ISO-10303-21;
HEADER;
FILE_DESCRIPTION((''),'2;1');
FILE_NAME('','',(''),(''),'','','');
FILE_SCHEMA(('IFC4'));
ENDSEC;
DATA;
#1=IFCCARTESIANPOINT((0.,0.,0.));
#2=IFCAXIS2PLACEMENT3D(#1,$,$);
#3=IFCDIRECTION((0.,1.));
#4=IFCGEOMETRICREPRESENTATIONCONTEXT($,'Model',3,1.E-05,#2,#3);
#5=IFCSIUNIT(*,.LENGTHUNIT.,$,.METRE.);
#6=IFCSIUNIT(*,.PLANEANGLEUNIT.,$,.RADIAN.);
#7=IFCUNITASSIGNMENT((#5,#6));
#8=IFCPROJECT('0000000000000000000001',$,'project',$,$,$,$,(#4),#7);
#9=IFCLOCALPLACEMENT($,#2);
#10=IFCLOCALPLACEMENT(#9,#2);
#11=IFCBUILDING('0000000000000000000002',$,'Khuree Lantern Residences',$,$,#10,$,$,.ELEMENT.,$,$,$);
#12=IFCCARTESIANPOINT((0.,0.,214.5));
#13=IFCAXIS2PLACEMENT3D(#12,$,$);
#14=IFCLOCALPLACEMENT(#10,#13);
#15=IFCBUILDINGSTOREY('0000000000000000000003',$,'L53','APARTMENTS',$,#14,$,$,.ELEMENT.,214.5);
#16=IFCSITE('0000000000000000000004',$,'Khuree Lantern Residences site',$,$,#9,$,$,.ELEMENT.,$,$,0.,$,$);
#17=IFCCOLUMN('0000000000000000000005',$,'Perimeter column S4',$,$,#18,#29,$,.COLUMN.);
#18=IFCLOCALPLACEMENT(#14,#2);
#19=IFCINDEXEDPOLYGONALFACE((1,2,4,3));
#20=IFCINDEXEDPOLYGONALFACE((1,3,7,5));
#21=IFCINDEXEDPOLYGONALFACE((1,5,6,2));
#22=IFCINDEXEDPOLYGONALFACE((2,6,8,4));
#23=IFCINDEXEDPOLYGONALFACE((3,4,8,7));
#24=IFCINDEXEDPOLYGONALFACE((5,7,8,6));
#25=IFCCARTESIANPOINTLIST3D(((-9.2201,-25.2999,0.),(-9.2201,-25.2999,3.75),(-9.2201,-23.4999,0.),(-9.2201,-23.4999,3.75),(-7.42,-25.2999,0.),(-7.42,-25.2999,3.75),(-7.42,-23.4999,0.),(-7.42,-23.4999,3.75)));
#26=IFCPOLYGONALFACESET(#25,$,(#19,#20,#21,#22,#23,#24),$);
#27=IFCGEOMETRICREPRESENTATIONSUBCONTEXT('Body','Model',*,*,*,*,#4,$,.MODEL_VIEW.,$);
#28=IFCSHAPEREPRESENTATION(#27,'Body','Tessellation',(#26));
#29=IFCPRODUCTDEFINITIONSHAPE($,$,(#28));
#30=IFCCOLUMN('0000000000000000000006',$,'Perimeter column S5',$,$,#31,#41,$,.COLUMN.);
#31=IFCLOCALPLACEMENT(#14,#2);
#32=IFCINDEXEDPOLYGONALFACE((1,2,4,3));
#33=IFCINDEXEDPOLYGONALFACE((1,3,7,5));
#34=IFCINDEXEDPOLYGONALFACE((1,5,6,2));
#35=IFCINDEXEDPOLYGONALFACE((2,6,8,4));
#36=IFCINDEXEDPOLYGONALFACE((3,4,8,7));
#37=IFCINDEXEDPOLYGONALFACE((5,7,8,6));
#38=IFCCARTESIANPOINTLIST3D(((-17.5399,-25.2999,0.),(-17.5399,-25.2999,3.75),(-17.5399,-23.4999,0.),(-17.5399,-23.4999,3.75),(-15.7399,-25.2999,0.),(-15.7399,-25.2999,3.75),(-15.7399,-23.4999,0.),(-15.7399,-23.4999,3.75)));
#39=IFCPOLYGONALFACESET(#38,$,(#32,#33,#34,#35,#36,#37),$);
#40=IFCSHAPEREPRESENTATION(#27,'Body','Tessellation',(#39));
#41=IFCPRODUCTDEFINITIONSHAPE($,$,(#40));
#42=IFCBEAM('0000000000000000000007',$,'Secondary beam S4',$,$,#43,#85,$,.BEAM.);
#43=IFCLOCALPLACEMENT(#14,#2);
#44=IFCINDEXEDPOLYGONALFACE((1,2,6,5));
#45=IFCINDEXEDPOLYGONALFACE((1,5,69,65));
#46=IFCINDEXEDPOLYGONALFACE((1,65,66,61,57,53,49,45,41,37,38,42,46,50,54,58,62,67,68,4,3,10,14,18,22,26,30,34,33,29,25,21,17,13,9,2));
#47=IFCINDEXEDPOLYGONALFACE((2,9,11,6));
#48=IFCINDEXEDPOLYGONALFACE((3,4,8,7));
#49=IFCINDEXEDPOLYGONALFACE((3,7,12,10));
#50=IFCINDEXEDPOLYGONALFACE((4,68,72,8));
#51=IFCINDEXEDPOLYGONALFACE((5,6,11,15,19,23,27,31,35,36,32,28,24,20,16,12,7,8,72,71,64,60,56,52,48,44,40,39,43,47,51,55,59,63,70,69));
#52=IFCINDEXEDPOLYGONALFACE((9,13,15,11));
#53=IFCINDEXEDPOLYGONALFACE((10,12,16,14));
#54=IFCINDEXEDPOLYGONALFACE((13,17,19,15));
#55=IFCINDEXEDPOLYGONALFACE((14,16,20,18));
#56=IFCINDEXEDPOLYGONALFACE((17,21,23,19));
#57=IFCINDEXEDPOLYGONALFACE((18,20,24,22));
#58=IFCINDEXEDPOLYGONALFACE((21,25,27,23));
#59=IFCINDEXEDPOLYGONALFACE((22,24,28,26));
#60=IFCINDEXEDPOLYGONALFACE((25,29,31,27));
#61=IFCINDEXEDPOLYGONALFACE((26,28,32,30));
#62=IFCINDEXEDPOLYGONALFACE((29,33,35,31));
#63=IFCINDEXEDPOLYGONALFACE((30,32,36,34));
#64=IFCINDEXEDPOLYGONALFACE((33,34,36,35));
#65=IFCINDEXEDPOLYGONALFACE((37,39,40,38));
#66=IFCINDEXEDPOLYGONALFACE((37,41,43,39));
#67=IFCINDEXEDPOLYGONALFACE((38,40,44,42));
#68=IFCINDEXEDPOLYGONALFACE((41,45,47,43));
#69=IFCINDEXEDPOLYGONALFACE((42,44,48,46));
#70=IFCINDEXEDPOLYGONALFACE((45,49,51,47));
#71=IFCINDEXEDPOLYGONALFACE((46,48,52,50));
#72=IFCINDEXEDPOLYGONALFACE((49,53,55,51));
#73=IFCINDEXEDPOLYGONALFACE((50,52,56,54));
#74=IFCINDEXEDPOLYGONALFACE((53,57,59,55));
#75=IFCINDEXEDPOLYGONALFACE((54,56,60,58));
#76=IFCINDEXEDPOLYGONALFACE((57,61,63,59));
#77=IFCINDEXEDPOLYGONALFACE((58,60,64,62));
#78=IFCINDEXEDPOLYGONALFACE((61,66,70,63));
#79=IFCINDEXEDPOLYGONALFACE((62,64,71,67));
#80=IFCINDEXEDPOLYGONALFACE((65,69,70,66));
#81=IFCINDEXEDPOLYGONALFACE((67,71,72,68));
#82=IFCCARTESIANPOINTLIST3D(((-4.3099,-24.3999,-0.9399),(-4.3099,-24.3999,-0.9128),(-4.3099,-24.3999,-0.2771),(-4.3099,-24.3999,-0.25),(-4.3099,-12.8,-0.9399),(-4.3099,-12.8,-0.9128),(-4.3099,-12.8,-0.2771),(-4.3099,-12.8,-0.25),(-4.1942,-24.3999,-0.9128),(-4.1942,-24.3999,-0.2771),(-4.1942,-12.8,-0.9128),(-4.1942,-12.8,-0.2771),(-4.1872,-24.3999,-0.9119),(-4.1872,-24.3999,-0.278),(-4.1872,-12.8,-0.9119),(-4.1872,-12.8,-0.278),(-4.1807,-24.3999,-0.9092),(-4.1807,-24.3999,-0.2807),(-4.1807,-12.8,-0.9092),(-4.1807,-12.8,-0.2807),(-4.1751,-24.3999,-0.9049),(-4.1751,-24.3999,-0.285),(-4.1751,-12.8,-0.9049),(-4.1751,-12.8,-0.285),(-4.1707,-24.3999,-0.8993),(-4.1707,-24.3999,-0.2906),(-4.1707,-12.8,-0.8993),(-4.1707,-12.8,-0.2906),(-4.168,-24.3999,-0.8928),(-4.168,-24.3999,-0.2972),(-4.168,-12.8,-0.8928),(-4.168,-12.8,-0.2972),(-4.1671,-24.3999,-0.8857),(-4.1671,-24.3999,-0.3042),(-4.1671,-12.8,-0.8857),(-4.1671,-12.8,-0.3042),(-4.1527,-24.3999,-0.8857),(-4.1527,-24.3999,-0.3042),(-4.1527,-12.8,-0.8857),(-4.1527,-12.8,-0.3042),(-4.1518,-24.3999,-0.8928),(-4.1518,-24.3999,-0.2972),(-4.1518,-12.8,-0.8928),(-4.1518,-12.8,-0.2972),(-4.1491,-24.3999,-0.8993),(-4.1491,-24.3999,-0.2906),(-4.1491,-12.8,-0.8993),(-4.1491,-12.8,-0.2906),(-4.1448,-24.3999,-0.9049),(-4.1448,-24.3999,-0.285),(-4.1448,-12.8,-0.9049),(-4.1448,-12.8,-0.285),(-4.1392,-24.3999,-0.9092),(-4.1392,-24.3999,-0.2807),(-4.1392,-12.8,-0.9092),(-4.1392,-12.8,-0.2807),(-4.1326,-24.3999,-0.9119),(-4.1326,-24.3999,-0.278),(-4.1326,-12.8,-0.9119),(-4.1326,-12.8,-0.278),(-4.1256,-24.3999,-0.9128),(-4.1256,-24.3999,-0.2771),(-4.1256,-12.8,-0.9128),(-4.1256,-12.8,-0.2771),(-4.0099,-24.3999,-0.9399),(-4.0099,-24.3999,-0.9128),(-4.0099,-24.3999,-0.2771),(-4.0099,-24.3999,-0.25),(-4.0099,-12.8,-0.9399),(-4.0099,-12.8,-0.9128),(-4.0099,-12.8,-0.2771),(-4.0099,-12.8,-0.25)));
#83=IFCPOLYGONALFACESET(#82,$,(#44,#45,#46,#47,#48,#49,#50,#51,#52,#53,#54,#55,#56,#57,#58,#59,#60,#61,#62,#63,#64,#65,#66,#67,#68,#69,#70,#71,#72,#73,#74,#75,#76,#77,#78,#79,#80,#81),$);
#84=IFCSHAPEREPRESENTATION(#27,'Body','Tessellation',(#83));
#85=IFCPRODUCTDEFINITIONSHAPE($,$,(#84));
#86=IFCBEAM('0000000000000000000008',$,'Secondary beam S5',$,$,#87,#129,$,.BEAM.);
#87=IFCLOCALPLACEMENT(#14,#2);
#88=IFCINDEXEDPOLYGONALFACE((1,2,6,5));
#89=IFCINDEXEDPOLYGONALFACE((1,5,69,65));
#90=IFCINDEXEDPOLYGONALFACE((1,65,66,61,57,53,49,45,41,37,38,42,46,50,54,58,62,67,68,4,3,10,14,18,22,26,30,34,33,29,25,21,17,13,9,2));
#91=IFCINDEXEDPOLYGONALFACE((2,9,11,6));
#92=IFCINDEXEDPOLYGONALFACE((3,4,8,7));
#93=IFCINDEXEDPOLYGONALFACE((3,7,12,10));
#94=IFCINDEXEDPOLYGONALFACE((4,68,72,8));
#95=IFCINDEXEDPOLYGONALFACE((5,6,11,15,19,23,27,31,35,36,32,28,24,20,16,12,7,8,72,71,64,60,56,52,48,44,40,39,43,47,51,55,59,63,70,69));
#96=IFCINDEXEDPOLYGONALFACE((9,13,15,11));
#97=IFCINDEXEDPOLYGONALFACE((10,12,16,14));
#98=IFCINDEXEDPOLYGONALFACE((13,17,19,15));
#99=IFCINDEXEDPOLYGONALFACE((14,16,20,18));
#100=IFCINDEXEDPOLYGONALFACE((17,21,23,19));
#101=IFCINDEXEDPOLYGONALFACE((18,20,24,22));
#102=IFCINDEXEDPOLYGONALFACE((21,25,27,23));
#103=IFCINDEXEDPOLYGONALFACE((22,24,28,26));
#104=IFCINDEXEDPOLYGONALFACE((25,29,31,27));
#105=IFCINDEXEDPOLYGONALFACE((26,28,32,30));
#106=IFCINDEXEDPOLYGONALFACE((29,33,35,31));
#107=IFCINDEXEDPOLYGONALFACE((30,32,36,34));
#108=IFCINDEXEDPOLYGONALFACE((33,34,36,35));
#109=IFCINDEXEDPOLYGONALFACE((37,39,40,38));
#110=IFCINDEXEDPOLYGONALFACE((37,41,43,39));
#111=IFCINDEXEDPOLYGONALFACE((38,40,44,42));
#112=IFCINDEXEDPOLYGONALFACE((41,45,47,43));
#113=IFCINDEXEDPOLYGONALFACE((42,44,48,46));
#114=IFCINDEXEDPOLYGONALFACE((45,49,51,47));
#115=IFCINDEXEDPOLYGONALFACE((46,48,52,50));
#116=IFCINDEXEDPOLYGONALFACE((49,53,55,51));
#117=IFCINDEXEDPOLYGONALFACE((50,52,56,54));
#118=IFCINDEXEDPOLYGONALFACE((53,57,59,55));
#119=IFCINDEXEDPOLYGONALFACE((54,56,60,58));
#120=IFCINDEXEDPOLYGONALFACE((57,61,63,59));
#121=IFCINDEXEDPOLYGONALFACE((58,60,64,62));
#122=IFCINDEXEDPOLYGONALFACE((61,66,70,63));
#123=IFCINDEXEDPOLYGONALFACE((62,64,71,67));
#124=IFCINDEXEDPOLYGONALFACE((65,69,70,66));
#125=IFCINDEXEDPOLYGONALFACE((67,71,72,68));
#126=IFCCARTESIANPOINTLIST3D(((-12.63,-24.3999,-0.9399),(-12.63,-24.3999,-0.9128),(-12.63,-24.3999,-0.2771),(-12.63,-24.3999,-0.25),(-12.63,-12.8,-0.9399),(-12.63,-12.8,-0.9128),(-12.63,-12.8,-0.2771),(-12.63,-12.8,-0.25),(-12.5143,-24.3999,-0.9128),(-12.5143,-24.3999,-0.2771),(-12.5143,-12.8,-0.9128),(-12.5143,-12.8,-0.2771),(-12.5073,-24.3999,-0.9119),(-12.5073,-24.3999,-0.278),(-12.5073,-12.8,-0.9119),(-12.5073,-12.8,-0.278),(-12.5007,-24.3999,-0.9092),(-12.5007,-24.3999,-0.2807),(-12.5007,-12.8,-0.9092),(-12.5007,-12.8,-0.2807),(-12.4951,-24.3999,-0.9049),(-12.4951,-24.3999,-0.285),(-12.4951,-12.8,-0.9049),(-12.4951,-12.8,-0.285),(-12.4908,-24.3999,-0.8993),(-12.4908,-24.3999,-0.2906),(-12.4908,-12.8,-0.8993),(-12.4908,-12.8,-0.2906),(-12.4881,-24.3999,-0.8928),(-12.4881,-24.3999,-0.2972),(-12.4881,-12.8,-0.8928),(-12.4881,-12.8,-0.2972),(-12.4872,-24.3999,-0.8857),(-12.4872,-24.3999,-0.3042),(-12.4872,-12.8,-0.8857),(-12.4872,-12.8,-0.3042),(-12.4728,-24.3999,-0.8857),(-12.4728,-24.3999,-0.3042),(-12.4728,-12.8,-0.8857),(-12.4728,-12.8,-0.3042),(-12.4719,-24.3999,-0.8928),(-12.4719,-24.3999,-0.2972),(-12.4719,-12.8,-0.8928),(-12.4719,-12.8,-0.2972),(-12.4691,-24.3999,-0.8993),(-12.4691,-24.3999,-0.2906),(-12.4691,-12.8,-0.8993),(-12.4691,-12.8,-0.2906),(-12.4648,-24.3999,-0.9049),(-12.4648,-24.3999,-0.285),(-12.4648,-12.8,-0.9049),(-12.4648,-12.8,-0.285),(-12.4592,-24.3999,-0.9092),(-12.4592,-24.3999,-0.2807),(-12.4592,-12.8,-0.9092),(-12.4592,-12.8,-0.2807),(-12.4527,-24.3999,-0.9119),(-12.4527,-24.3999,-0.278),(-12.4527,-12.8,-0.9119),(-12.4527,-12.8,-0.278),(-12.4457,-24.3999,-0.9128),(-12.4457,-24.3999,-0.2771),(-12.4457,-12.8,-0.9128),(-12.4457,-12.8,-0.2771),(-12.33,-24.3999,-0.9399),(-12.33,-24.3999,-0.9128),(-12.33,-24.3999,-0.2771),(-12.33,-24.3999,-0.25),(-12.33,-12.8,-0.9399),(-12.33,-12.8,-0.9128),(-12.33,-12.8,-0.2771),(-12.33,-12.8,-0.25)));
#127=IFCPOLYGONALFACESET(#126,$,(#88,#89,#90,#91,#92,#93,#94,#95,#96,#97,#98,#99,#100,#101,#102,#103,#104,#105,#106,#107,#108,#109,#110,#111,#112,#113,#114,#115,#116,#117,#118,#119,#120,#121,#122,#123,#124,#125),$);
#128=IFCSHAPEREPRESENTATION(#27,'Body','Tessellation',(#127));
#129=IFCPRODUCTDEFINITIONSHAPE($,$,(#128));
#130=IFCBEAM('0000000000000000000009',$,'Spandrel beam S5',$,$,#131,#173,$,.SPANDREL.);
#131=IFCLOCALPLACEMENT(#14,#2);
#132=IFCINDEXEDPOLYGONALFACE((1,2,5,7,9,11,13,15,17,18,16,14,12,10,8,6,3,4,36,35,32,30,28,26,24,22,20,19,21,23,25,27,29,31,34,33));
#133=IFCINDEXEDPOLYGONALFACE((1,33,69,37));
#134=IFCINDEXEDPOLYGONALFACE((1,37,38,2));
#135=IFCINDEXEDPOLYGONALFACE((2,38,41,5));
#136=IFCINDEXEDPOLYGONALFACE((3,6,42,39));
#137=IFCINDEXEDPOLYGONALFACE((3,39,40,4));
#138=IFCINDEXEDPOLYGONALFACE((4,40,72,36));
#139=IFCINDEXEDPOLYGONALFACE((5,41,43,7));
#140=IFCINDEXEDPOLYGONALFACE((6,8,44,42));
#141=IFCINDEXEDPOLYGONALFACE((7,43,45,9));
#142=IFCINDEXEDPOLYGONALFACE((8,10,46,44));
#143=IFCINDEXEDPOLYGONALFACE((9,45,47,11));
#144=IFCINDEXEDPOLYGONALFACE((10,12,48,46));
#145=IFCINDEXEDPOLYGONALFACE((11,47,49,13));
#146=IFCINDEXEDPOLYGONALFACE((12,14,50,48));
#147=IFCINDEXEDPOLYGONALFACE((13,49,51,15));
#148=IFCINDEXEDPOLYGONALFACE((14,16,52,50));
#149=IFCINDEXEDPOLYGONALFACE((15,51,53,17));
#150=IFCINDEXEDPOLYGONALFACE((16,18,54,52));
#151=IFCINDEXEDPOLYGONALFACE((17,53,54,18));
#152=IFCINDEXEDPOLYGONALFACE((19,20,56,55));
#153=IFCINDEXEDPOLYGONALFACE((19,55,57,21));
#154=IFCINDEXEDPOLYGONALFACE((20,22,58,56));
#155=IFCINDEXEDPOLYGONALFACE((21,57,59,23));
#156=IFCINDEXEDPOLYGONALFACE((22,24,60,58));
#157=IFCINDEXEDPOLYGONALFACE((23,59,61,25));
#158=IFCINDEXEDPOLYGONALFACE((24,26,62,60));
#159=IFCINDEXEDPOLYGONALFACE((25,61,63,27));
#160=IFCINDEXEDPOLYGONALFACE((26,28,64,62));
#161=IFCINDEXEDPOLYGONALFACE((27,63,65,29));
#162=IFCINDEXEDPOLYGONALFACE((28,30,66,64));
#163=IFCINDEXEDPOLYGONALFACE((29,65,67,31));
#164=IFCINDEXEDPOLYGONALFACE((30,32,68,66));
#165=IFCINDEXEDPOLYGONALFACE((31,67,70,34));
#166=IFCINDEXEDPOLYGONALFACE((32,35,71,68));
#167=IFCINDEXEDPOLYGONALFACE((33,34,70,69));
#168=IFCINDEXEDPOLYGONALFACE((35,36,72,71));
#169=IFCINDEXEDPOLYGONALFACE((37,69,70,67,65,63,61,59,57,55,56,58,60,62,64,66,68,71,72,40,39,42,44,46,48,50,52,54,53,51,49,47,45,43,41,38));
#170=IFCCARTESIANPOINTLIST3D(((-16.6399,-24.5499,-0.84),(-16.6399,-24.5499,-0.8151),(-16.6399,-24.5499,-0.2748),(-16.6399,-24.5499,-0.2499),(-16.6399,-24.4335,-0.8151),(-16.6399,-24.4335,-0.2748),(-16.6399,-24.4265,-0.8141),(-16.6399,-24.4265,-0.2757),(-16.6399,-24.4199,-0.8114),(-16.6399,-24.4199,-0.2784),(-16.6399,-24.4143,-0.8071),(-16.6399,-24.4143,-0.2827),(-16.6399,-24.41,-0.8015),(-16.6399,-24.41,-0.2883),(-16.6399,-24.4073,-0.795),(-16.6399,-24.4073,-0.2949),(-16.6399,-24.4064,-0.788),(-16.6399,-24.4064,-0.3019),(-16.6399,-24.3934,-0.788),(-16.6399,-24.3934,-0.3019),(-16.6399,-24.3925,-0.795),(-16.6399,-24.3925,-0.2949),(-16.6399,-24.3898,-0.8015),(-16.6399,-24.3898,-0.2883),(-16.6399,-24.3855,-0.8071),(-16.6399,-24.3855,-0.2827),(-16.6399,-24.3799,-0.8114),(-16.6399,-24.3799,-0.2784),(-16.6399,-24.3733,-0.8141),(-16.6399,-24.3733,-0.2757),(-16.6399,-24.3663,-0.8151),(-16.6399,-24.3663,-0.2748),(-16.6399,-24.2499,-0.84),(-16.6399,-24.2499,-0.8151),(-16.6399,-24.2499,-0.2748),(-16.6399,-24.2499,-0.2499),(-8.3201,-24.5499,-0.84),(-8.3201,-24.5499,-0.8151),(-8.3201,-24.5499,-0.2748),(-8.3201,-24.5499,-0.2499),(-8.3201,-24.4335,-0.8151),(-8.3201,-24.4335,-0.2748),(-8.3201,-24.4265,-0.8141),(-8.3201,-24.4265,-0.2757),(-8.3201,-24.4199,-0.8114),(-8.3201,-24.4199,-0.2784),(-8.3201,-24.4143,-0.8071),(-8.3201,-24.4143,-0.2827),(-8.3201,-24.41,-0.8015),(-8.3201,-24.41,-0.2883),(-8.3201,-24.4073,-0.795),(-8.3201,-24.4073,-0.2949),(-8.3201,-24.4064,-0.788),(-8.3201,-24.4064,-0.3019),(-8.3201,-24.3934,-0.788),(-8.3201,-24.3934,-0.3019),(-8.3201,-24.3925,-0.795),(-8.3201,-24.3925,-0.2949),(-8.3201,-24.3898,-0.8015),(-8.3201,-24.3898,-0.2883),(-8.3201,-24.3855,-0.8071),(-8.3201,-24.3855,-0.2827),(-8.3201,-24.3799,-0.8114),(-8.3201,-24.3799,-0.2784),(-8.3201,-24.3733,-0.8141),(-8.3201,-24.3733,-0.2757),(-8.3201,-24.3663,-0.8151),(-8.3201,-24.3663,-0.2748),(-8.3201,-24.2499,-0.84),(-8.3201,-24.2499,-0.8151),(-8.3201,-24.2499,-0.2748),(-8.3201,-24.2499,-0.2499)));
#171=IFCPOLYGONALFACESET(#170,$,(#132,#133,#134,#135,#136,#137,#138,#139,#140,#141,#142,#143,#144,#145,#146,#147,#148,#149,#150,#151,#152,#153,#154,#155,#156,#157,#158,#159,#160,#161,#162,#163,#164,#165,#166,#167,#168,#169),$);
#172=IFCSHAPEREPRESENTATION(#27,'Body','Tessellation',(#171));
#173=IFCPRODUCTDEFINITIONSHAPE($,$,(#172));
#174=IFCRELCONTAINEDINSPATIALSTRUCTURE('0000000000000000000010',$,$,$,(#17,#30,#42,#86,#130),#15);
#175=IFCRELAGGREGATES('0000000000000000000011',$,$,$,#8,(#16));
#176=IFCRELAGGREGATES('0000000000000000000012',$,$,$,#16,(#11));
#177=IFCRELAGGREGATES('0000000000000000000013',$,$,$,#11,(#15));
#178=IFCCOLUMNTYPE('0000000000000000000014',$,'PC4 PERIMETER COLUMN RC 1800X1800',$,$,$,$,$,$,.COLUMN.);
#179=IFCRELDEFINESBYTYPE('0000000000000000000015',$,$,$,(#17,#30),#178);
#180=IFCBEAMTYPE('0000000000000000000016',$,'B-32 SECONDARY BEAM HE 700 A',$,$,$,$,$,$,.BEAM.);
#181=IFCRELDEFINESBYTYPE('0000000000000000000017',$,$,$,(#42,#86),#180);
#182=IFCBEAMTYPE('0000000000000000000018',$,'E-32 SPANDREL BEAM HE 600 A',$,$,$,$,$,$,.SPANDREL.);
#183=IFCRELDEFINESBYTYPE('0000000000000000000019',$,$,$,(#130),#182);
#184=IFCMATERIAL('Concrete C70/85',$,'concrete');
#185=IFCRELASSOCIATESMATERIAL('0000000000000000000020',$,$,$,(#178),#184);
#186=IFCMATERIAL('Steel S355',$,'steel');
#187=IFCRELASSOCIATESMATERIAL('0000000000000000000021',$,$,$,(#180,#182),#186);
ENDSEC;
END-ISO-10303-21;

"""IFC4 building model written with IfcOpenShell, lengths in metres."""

from ifc_helpers import new_model, si_unit, direction, frame, origin, origin_2d, place, context, subcontext, project, spatial, rectangle, i_section, extrude, material, material_profile, profile_set, type_object, element, save


model = new_model("IFC4")

# Units and contexts
model_context = context("Model", 3, precision=1e-05, world=origin(), true_north=direction((0.0, 1.0)))
body_context = subcontext(model_context, "Body", "Model", "MODEL_VIEW")
ifc_project = project(units=[si_unit("LENGTHUNIT", "METRE"), si_unit("PLANEANGLEUNIT", "RADIAN")], contexts=[model_context])

# Site, building, storey
site_placement = place(None, origin())
site = spatial("IfcSite", under=ifc_project, at=site_placement, Name="Khuree Lantern Residences site", CompositionType="ELEMENT", RefElevation=0.0)
building_placement = place(site_placement, origin())
building = spatial("IfcBuilding", under=site, at=building_placement, Name="Khuree Lantern Residences", CompositionType="ELEMENT")
storey_placement = place(building_placement, frame((0.0, 0.0, 214.5)))
storey = spatial("IfcBuildingStorey", under=building, at=storey_placement, Name="L53", Description="APARTMENTS", CompositionType="ELEMENT", Elevation=214.5)

# Columns
ifc_material_1 = material(Name="Concrete C70/85", Category="concrete")
ifc_material_profile_1 = material_profile(ifc_material_1, rectangle(XDim=1.8, YDim=1.8, at=origin_2d()), Name="RC 1800X1800")
ifc_profile_set_1 = profile_set([ifc_material_profile_1], Name="Concrete C70/85")
column_type = type_object("IfcColumnType", Name="PC4 PERIMETER COLUMN RC 1800X1800", PredefinedType="COLUMN", material=ifc_profile_set_1)
for number, where, z_axis, x_axis, name in (
    (1, (-8.3201, -24.3999, 0.0), (0.0, 0.0, 1.0), (1.0, 0.0, 0.0), "Perimeter column S4"),
    (2, (-16.6399, -24.3999, 0.0), (0.0, 0.0, 1.0), (1.0, 0.0, 0.0), "Perimeter column S5"),
):
    element("IfcColumn", number, at=place(storey_placement, frame(where, z_axis=z_axis, x_axis=x_axis)), inside=storey, type_object=column_type, Name=name, PredefinedType="COLUMN", context=body_context, shape_type="SweptSolid", body=[
        extrude(rectangle(XDim=1.8, YDim=1.8, at=origin_2d()), origin(), (0.0, 0.0, 1.0), 3.75),
    ])

# Beams
ifc_material_2 = material(Name="Steel S355", Category="steel")
ifc_material_profile_2 = material_profile(ifc_material_2, i_section(OverallWidth=0.3, OverallDepth=0.6899, WebThickness=0.0144, FlangeThickness=0.0271, FilletRadius=0.0271, at=origin_2d()), Name="HE 700 A")
ifc_profile_set_2 = profile_set([ifc_material_profile_2], Name="Steel S355")
beam_type_1 = type_object("IfcBeamType", Name="B-32 SECONDARY BEAM HE 700 A", PredefinedType="BEAM", material=ifc_profile_set_2)
for number, where, z_axis, x_axis, name in (
    (3, (-4.1599, -24.3999, -0.595), (0.0, 1.0, 0.0), (-1.0, 0.0, 0.0), "Secondary beam S4"),
    (4, (-12.48, -24.3999, -0.595), (0.0, 1.0, 0.0), (-1.0, 0.0, 0.0), "Secondary beam S5"),
):
    element("IfcBeam", number, at=place(storey_placement, frame(where, z_axis=z_axis, x_axis=x_axis)), inside=storey, type_object=beam_type_1, Name=name, PredefinedType="BEAM", context=body_context, shape_type="SweptSolid", body=[
        extrude(i_section(OverallWidth=0.3, OverallDepth=0.6899, WebThickness=0.0144, FlangeThickness=0.0271, FilletRadius=0.0271, at=origin_2d()), origin(), (0.0, 0.0, 1.0), 11.5999),
    ])
ifc_material_profile_3 = material_profile(ifc_material_2, i_section(OverallWidth=0.3, OverallDepth=0.5901, WebThickness=0.0129, FlangeThickness=0.0249, FilletRadius=0.0271, at=origin_2d()), Name="HE 600 A")
ifc_profile_set_3 = profile_set([ifc_material_profile_3], Name="Steel S355")
beam_type_2 = type_object("IfcBeamType", Name="E-32 SPANDREL BEAM HE 600 A", PredefinedType="SPANDREL", material=ifc_profile_set_3)
beam_1_placement = place(storey_placement, frame((-8.3201, -24.3999, -0.5449), z_axis=(-1.0, 0.0, 0.0), x_axis=(0.0, -1.0, 0.0)))
element("IfcBeam", 5, at=beam_1_placement, inside=storey, type_object=beam_type_2, Name="Spandrel beam S5", PredefinedType="SPANDREL", context=body_context, shape_type="SweptSolid", body=[
    extrude(i_section(OverallWidth=0.3, OverallDepth=0.5901, WebThickness=0.0129, FlangeThickness=0.0249, FilletRadius=0.0271, at=origin_2d()), origin(), (0.0, 0.0, 1.0), 8.3198),
])

save(model, "model.ifc")
